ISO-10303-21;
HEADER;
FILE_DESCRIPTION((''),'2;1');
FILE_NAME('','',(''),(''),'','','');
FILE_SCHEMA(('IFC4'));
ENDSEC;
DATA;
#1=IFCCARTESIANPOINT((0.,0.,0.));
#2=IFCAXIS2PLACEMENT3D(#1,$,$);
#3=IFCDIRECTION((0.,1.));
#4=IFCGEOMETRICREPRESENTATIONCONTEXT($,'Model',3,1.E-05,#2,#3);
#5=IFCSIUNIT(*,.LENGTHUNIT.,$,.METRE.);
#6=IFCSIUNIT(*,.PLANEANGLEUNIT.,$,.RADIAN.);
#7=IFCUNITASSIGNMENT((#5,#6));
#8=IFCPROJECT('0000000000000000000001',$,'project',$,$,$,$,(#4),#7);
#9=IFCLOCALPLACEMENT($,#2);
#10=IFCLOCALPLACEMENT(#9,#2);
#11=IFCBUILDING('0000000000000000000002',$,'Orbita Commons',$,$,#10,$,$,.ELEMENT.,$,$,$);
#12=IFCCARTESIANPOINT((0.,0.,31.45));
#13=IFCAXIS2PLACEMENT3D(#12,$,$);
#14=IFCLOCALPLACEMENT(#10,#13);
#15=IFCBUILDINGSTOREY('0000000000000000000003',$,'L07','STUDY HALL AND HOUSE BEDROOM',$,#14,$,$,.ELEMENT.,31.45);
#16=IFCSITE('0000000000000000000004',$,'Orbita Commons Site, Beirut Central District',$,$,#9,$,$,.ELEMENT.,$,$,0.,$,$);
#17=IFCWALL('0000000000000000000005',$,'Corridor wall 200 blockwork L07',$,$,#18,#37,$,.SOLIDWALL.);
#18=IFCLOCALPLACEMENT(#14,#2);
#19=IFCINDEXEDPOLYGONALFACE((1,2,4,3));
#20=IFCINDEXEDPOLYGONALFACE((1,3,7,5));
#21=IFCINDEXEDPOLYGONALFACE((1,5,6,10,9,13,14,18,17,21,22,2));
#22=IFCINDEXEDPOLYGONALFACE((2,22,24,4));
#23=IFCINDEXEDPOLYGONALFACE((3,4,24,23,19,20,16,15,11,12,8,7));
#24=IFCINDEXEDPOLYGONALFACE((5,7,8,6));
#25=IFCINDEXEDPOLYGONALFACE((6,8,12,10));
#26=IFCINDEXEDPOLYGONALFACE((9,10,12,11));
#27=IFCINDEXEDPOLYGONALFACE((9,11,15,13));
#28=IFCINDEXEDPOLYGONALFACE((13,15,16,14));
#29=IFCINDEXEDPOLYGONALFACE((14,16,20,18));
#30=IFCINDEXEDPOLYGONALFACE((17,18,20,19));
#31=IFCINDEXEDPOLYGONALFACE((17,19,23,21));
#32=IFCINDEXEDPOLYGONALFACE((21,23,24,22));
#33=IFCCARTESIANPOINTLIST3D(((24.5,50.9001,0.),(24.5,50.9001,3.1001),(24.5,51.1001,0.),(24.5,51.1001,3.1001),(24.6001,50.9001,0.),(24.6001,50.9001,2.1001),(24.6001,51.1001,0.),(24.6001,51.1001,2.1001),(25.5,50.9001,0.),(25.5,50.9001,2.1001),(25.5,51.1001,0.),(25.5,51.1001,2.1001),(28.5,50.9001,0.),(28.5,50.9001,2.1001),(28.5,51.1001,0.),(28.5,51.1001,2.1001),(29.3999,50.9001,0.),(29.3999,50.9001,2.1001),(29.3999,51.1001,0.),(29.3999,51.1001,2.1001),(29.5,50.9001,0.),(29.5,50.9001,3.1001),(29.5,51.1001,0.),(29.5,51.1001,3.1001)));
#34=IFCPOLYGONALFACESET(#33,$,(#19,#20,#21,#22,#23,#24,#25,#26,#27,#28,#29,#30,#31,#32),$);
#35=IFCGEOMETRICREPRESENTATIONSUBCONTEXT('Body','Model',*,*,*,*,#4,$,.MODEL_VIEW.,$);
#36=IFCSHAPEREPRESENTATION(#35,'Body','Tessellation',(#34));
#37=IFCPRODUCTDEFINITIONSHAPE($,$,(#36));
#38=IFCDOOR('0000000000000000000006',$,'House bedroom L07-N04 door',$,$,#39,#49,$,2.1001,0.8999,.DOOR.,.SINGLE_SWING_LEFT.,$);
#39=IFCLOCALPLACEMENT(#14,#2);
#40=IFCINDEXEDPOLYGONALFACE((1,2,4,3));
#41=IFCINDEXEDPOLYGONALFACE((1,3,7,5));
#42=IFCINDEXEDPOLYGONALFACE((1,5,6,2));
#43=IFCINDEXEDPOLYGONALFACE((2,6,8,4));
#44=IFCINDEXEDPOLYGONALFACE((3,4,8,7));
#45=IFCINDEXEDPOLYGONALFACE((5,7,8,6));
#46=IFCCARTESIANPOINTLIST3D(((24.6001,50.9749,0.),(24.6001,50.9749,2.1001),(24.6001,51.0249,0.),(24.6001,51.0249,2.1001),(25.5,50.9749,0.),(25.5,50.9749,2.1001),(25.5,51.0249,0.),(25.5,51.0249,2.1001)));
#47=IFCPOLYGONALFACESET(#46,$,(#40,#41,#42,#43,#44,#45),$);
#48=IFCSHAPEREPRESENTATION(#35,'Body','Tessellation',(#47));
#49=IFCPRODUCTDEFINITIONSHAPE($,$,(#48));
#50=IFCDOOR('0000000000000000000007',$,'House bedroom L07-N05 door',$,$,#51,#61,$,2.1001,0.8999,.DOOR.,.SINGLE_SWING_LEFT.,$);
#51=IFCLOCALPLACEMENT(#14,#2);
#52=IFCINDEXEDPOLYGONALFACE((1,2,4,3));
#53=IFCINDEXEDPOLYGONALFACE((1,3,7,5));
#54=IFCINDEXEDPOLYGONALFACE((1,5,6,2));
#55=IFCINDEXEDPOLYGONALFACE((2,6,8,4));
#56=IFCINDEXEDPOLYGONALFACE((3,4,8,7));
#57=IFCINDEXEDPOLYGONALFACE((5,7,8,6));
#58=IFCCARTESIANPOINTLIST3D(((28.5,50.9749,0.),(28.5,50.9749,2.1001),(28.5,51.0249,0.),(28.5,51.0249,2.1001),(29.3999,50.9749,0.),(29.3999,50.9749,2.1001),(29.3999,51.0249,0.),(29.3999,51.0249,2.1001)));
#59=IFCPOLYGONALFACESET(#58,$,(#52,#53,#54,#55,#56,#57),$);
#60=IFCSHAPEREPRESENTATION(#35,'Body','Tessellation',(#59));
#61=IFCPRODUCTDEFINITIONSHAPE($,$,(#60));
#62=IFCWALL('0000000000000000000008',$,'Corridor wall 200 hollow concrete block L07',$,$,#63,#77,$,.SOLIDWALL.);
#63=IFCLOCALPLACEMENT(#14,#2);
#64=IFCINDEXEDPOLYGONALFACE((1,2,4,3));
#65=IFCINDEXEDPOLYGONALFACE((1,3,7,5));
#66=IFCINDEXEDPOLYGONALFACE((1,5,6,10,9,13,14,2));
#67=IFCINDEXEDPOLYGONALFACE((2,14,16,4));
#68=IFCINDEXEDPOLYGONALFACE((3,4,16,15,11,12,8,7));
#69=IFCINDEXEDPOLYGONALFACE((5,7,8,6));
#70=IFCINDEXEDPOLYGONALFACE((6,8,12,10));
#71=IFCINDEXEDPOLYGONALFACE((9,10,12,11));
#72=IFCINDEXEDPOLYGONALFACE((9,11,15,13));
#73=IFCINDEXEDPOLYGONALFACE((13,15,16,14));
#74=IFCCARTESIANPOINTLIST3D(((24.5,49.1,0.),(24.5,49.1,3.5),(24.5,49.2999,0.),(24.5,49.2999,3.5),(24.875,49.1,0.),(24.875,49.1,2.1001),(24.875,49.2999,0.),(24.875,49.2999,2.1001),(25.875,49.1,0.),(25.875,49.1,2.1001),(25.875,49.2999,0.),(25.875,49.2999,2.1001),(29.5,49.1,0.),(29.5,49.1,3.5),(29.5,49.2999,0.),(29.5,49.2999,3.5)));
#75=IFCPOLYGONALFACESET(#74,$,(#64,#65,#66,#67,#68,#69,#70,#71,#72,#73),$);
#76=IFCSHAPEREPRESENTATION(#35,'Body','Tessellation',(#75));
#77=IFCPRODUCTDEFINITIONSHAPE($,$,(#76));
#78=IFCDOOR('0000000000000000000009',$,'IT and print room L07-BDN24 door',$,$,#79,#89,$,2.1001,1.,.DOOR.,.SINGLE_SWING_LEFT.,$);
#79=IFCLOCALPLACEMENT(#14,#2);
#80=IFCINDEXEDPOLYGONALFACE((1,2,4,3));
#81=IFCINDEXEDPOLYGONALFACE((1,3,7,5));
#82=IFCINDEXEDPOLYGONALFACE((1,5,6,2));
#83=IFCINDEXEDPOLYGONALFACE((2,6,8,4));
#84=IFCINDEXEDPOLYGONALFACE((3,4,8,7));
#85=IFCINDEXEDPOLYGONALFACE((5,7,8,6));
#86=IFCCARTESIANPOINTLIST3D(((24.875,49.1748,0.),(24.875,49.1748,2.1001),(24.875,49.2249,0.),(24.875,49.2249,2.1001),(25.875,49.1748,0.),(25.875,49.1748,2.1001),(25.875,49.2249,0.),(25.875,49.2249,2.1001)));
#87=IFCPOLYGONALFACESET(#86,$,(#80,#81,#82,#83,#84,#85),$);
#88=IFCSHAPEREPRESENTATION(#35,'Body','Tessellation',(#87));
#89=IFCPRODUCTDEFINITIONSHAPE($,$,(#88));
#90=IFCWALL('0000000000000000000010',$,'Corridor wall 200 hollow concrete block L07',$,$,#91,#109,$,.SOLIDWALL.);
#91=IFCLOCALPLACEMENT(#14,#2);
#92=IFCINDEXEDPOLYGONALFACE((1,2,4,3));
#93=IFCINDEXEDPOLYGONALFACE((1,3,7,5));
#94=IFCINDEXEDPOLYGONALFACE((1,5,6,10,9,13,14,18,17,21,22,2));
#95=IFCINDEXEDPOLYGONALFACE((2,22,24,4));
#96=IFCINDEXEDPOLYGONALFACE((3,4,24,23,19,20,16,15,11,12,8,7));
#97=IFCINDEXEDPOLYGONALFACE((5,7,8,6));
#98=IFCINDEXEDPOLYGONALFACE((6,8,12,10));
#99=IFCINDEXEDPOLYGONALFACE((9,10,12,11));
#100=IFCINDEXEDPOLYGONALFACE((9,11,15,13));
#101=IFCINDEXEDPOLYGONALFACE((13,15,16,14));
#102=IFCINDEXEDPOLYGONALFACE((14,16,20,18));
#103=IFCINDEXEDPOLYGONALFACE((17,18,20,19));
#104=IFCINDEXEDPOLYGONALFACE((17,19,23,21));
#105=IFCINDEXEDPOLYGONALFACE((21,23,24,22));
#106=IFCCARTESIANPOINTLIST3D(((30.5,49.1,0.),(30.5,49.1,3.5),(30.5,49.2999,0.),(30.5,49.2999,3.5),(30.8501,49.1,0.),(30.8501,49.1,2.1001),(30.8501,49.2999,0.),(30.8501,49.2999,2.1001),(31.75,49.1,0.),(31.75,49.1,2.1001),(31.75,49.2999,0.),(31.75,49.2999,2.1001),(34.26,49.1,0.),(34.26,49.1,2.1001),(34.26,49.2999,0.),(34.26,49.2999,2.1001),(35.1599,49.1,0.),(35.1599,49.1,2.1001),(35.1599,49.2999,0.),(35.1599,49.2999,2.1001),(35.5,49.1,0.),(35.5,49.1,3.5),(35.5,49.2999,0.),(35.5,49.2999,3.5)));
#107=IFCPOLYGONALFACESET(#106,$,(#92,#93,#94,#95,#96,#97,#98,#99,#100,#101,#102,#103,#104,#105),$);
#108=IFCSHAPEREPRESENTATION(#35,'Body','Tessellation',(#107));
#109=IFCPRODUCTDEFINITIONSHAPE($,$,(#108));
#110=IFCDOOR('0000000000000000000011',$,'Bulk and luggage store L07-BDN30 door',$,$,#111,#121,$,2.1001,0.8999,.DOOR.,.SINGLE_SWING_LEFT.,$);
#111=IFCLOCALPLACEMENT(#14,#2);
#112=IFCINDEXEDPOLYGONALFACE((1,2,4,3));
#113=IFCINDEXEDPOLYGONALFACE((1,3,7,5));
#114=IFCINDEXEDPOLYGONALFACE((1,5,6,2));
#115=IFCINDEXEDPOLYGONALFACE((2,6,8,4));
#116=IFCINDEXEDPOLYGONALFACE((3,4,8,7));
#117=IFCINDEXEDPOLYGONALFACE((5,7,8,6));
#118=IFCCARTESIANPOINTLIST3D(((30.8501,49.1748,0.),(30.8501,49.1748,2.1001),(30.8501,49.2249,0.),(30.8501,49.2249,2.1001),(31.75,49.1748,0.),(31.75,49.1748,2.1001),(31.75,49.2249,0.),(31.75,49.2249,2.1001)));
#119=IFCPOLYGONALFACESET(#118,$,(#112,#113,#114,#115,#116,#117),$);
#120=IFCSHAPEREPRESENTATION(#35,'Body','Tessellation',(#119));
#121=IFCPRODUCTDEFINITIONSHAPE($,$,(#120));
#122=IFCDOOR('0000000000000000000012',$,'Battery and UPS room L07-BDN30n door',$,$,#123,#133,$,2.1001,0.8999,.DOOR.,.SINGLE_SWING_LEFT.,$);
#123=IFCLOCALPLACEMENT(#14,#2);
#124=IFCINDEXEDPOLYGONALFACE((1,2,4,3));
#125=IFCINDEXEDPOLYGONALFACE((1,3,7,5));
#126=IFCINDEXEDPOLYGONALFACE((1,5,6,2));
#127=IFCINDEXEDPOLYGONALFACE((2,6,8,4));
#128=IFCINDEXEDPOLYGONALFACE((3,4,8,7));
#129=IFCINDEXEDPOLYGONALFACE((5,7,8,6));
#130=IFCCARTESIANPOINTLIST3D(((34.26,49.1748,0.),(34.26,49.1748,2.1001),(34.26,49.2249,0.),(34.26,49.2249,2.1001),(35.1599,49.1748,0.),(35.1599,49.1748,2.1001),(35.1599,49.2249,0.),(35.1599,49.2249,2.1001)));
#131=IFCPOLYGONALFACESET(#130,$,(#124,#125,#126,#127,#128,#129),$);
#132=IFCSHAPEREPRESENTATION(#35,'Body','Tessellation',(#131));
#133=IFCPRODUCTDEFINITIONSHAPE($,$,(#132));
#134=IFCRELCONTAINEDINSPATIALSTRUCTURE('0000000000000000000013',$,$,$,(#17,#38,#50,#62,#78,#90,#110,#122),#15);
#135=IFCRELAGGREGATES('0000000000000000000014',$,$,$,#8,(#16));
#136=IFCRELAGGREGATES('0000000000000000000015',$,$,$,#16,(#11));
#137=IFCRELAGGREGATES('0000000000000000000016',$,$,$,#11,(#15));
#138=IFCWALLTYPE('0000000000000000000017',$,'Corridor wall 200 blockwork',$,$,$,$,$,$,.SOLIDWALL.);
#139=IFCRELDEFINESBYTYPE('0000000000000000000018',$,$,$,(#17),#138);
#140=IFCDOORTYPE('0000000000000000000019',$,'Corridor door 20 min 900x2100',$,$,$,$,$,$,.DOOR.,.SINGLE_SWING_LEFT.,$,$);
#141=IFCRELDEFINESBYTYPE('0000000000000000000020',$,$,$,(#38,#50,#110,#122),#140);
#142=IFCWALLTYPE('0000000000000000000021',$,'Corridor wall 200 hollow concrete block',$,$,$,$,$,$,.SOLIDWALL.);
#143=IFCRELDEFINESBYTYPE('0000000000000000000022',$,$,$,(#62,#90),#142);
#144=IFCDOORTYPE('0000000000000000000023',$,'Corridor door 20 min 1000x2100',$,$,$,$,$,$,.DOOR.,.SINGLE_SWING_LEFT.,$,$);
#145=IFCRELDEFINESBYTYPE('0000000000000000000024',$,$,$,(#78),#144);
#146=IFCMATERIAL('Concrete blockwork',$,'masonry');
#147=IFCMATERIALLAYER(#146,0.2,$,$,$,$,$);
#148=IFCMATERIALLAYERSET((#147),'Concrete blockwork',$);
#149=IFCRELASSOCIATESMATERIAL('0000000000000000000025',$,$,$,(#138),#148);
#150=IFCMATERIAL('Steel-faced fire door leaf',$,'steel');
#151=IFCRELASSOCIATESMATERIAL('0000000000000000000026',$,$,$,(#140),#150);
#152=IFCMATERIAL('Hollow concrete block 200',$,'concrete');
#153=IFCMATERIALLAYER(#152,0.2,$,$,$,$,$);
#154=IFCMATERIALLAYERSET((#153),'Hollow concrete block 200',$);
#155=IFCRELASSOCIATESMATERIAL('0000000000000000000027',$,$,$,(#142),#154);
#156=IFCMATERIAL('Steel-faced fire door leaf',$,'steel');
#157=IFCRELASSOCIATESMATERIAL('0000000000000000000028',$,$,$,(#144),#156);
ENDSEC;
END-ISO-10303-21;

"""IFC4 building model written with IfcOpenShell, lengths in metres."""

from ifc_helpers import new_model, si_unit, direction, frame, frame_2d, origin, place, context, subcontext, project, spatial, polyline, rectangle, outline, extrude, material, layer, layer_set, type_object, element, fill, save


model = new_model("IFC4")

# Units and contexts
model_context = context("Model", 3, precision=1e-05, world=origin(), true_north=direction((0.0, 1.0)))
body_context = subcontext(model_context, "Body", "Model", "MODEL_VIEW")
ifc_project = project(units=[si_unit("LENGTHUNIT", "METRE"), si_unit("PLANEANGLEUNIT", "RADIAN")], contexts=[model_context])

# Site, building, storey
site_placement = place(None, origin())
site = spatial("IfcSite", under=ifc_project, at=site_placement, Name="Orbita Commons Site, Beirut Central District", CompositionType="ELEMENT", RefElevation=0.0)
building_placement = place(site_placement, origin())
building = spatial("IfcBuilding", under=site, at=building_placement, Name="Orbita Commons", CompositionType="ELEMENT")
storey_placement = place(building_placement, frame((0.0, 0.0, 31.45)))
storey = spatial("IfcBuildingStorey", under=building, at=storey_placement, Name="L07", Description="STUDY HALL AND HOUSE BEDROOM", CompositionType="ELEMENT", Elevation=31.45)

# Wall, openings, doors
ifc_material_1 = material(Name="Concrete blockwork", Category="masonry")
ifc_layer_1 = layer(ifc_material_1, 0.2)
ifc_layer_set_1 = layer_set([ifc_layer_1], Name="Concrete blockwork")
wall_type_1 = type_object("IfcWallType", Name="Corridor wall 200 blockwork", PredefinedType="SOLIDWALL", material=ifc_layer_set_1)
wall_1_placement = place(storey_placement, frame((24.5, 51.0, 0.0), z_axis=(0.0, 0.0, 1.0), x_axis=(1.0, 0.0, 0.0)))
wall_1 = element("IfcWall", 1, at=wall_1_placement, inside=storey, type_object=wall_type_1, Name="Corridor wall 200 blockwork L07", PredefinedType="SOLIDWALL", context=body_context, shape_type="SweptSolid", body=[
    extrude(outline(polyline([(0.0, 0.0), (5.0, 0.0), (5.0, 3.1001), (0.0, 3.1001), (0.0, 0.0)])), frame((0.0, 0.1001, 0.0), z_axis=(0.0, -1.0, 0.0), x_axis=(1.0, 0.0, 0.0)), (0.0, 0.0, 1.0), 0.2),
])
opening_1_placement = place(wall_1_placement, frame((0.1001, 0.0, 0.0)))
opening_1 = element("IfcOpeningElement", 2, at=opening_1_placement, cuts=wall_1, PredefinedType="OPENING", context=body_context, shape_type="SweptSolid", body=[
    extrude(rectangle(XDim=0.8999, YDim=2.1001, at=frame_2d((0.45, 1.05))), frame((0.0, 0.1099, 0.0), z_axis=(0.0, -1.0, 0.0), x_axis=(1.0, 0.0, 0.0)), (0.0, 0.0, 1.0), 0.22),
])
opening_2_placement = place(wall_1_placement, frame((4.0, 0.0, 0.0)))
opening_2 = element("IfcOpeningElement", 3, at=opening_2_placement, cuts=wall_1, PredefinedType="OPENING", context=body_context, shape_type="SweptSolid", body=[
    extrude(rectangle(XDim=0.8999, YDim=2.1001, at=frame_2d((0.45, 1.05))), frame((0.0, 0.1099, 0.0), z_axis=(0.0, -1.0, 0.0), x_axis=(1.0, 0.0, 0.0)), (0.0, 0.0, 1.0), 0.22),
])
ifc_material_2 = material(Name="Steel-faced fire door leaf", Category="steel")
door_type_1 = type_object("IfcDoorType", Name="Corridor door 20 min 900x2100", OperationType="SINGLE_SWING_LEFT", PredefinedType="DOOR", material=ifc_material_2)
door_1_placement = place(opening_1_placement, origin())
door_1 = element("IfcDoor", 4, at=door_1_placement, inside=storey, type_object=door_type_1, Name="House bedroom L07-N04 door", OperationType="SINGLE_SWING_LEFT", OverallHeight=2.1001, OverallWidth=0.8999, PredefinedType="DOOR", context=body_context, shape_type="SweptSolid", body=[
    extrude(rectangle(XDim=0.8999, YDim=2.1001, at=frame_2d((0.45, 1.05))), frame((0.0, 0.0249, 0.0), z_axis=(0.0, -1.0, 0.0), x_axis=(1.0, 0.0, 0.0)), (0.0, 0.0, 1.0), 0.05),
])
fill(opening_1, door_1)
door_2_placement = place(opening_2_placement, origin())
door_2 = element("IfcDoor", 5, at=door_2_placement, inside=storey, type_object=door_type_1, Name="House bedroom L07-N05 door", OperationType="SINGLE_SWING_LEFT", OverallHeight=2.1001, OverallWidth=0.8999, PredefinedType="DOOR", context=body_context, shape_type="SweptSolid", body=[
    extrude(rectangle(XDim=0.8999, YDim=2.1001, at=frame_2d((0.45, 1.05))), frame((0.0, 0.0249, 0.0), z_axis=(0.0, -1.0, 0.0), x_axis=(1.0, 0.0, 0.0)), (0.0, 0.0, 1.0), 0.05),
])
fill(opening_2, door_2)

# Wall, opening, door
ifc_material_3 = material(Name="Hollow concrete block 200", Category="concrete")
ifc_layer_2 = layer(ifc_material_3, 0.2)
ifc_layer_set_2 = layer_set([ifc_layer_2], Name="Hollow concrete block 200")
wall_type_2 = type_object("IfcWallType", Name="Corridor wall 200 hollow concrete block", PredefinedType="SOLIDWALL", material=ifc_layer_set_2)
wall_2_placement = place(storey_placement, frame((24.5, 49.2, 0.0), z_axis=(0.0, 0.0, 1.0), x_axis=(1.0, 0.0, 0.0)))
wall_2 = element("IfcWall", 6, at=wall_2_placement, inside=storey, type_object=wall_type_2, Name="Corridor wall 200 hollow concrete block L07", PredefinedType="SOLIDWALL", context=body_context, shape_type="SweptSolid", body=[
    extrude(rectangle(XDim=5.0, YDim=0.2, at=frame_2d((2.5, 0.0))), origin(), (0.0, 0.0, 1.0), 3.5),
])
opening_3_placement = place(wall_2_placement, frame((0.375, 0.0, 0.0)))
opening_3 = element("IfcOpeningElement", 7, at=opening_3_placement, cuts=wall_2, PredefinedType="OPENING", context=body_context, shape_type="SweptSolid", body=[
    extrude(rectangle(XDim=1.0, YDim=2.1001, at=frame_2d((0.5, 1.05))), frame((0.0, 0.1099, 0.0), z_axis=(0.0, -1.0, 0.0), x_axis=(1.0, 0.0, 0.0)), (0.0, 0.0, 1.0), 0.22),
])
ifc_material_4 = material(Name="Steel-faced fire door leaf", Category="steel")
door_type_2 = type_object("IfcDoorType", Name="Corridor door 20 min 1000x2100", OperationType="SINGLE_SWING_LEFT", PredefinedType="DOOR", material=ifc_material_4)
door_3_placement = place(opening_3_placement, origin())
door_3 = element("IfcDoor", 8, at=door_3_placement, inside=storey, type_object=door_type_2, Name="IT and print room L07-BDN24 door", OperationType="SINGLE_SWING_LEFT", OverallHeight=2.1001, OverallWidth=1.0, PredefinedType="DOOR", context=body_context, shape_type="SweptSolid", body=[
    extrude(rectangle(XDim=1.0, YDim=2.1001, at=frame_2d((0.5, 1.05))), frame((0.0, 0.0249, 0.0), z_axis=(0.0, -1.0, 0.0), x_axis=(1.0, 0.0, 0.0)), (0.0, 0.0, 1.0), 0.05),
])
fill(opening_3, door_3)

# Wall, openings, doors
wall_3_placement = place(storey_placement, frame((30.5, 49.2, 0.0), z_axis=(0.0, 0.0, 1.0), x_axis=(1.0, 0.0, 0.0)))
wall_3 = element("IfcWall", 9, at=wall_3_placement, inside=storey, type_object=wall_type_2, Name="Corridor wall 200 hollow concrete block L07", PredefinedType="SOLIDWALL", context=body_context, shape_type="SweptSolid", body=[
    extrude(rectangle(XDim=5.0, YDim=0.2, at=frame_2d((2.5, 0.0))), origin(), (0.0, 0.0, 1.0), 3.5),
])
opening_4_placement = place(wall_3_placement, frame((0.3501, 0.0, 0.0)))
opening_4 = element("IfcOpeningElement", 10, at=opening_4_placement, cuts=wall_3, PredefinedType="OPENING", context=body_context, shape_type="SweptSolid", body=[
    extrude(rectangle(XDim=0.8999, YDim=2.1001, at=frame_2d((0.45, 1.05))), frame((0.0, 0.1099, 0.0), z_axis=(0.0, -1.0, 0.0), x_axis=(1.0, 0.0, 0.0)), (0.0, 0.0, 1.0), 0.22),
])
opening_5_placement = place(wall_3_placement, frame((3.76, 0.0, 0.0)))
opening_5 = element("IfcOpeningElement", 11, at=opening_5_placement, cuts=wall_3, PredefinedType="OPENING", context=body_context, shape_type="SweptSolid", body=[
    extrude(rectangle(XDim=0.8999, YDim=2.1001, at=frame_2d((0.45, 1.05))), frame((0.0, 0.1099, 0.0), z_axis=(0.0, -1.0, 0.0), x_axis=(1.0, 0.0, 0.0)), (0.0, 0.0, 1.0), 0.22),
])
door_4_placement = place(opening_4_placement, origin())
door_4 = element("IfcDoor", 12, at=door_4_placement, inside=storey, type_object=door_type_1, Name="Bulk and luggage store L07-BDN30 door", OperationType="SINGLE_SWING_LEFT", OverallHeight=2.1001, OverallWidth=0.8999, PredefinedType="DOOR", context=body_context, shape_type="SweptSolid", body=[
    extrude(rectangle(XDim=0.8999, YDim=2.1001, at=frame_2d((0.45, 1.05))), frame((0.0, 0.0249, 0.0), z_axis=(0.0, -1.0, 0.0), x_axis=(1.0, 0.0, 0.0)), (0.0, 0.0, 1.0), 0.05),
])
fill(opening_4, door_4)
door_5_placement = place(opening_5_placement, origin())
door_5 = element("IfcDoor", 13, at=door_5_placement, inside=storey, type_object=door_type_1, Name="Battery and UPS room L07-BDN30n door", OperationType="SINGLE_SWING_LEFT", OverallHeight=2.1001, OverallWidth=0.8999, PredefinedType="DOOR", context=body_context, shape_type="SweptSolid", body=[
    extrude(rectangle(XDim=0.8999, YDim=2.1001, at=frame_2d((0.45, 1.05))), frame((0.0, 0.0249, 0.0), z_axis=(0.0, -1.0, 0.0), x_axis=(1.0, 0.0, 0.0)), (0.0, 0.0, 1.0), 0.05),
])
fill(opening_5, door_5)

save(model, "model.ifc")
